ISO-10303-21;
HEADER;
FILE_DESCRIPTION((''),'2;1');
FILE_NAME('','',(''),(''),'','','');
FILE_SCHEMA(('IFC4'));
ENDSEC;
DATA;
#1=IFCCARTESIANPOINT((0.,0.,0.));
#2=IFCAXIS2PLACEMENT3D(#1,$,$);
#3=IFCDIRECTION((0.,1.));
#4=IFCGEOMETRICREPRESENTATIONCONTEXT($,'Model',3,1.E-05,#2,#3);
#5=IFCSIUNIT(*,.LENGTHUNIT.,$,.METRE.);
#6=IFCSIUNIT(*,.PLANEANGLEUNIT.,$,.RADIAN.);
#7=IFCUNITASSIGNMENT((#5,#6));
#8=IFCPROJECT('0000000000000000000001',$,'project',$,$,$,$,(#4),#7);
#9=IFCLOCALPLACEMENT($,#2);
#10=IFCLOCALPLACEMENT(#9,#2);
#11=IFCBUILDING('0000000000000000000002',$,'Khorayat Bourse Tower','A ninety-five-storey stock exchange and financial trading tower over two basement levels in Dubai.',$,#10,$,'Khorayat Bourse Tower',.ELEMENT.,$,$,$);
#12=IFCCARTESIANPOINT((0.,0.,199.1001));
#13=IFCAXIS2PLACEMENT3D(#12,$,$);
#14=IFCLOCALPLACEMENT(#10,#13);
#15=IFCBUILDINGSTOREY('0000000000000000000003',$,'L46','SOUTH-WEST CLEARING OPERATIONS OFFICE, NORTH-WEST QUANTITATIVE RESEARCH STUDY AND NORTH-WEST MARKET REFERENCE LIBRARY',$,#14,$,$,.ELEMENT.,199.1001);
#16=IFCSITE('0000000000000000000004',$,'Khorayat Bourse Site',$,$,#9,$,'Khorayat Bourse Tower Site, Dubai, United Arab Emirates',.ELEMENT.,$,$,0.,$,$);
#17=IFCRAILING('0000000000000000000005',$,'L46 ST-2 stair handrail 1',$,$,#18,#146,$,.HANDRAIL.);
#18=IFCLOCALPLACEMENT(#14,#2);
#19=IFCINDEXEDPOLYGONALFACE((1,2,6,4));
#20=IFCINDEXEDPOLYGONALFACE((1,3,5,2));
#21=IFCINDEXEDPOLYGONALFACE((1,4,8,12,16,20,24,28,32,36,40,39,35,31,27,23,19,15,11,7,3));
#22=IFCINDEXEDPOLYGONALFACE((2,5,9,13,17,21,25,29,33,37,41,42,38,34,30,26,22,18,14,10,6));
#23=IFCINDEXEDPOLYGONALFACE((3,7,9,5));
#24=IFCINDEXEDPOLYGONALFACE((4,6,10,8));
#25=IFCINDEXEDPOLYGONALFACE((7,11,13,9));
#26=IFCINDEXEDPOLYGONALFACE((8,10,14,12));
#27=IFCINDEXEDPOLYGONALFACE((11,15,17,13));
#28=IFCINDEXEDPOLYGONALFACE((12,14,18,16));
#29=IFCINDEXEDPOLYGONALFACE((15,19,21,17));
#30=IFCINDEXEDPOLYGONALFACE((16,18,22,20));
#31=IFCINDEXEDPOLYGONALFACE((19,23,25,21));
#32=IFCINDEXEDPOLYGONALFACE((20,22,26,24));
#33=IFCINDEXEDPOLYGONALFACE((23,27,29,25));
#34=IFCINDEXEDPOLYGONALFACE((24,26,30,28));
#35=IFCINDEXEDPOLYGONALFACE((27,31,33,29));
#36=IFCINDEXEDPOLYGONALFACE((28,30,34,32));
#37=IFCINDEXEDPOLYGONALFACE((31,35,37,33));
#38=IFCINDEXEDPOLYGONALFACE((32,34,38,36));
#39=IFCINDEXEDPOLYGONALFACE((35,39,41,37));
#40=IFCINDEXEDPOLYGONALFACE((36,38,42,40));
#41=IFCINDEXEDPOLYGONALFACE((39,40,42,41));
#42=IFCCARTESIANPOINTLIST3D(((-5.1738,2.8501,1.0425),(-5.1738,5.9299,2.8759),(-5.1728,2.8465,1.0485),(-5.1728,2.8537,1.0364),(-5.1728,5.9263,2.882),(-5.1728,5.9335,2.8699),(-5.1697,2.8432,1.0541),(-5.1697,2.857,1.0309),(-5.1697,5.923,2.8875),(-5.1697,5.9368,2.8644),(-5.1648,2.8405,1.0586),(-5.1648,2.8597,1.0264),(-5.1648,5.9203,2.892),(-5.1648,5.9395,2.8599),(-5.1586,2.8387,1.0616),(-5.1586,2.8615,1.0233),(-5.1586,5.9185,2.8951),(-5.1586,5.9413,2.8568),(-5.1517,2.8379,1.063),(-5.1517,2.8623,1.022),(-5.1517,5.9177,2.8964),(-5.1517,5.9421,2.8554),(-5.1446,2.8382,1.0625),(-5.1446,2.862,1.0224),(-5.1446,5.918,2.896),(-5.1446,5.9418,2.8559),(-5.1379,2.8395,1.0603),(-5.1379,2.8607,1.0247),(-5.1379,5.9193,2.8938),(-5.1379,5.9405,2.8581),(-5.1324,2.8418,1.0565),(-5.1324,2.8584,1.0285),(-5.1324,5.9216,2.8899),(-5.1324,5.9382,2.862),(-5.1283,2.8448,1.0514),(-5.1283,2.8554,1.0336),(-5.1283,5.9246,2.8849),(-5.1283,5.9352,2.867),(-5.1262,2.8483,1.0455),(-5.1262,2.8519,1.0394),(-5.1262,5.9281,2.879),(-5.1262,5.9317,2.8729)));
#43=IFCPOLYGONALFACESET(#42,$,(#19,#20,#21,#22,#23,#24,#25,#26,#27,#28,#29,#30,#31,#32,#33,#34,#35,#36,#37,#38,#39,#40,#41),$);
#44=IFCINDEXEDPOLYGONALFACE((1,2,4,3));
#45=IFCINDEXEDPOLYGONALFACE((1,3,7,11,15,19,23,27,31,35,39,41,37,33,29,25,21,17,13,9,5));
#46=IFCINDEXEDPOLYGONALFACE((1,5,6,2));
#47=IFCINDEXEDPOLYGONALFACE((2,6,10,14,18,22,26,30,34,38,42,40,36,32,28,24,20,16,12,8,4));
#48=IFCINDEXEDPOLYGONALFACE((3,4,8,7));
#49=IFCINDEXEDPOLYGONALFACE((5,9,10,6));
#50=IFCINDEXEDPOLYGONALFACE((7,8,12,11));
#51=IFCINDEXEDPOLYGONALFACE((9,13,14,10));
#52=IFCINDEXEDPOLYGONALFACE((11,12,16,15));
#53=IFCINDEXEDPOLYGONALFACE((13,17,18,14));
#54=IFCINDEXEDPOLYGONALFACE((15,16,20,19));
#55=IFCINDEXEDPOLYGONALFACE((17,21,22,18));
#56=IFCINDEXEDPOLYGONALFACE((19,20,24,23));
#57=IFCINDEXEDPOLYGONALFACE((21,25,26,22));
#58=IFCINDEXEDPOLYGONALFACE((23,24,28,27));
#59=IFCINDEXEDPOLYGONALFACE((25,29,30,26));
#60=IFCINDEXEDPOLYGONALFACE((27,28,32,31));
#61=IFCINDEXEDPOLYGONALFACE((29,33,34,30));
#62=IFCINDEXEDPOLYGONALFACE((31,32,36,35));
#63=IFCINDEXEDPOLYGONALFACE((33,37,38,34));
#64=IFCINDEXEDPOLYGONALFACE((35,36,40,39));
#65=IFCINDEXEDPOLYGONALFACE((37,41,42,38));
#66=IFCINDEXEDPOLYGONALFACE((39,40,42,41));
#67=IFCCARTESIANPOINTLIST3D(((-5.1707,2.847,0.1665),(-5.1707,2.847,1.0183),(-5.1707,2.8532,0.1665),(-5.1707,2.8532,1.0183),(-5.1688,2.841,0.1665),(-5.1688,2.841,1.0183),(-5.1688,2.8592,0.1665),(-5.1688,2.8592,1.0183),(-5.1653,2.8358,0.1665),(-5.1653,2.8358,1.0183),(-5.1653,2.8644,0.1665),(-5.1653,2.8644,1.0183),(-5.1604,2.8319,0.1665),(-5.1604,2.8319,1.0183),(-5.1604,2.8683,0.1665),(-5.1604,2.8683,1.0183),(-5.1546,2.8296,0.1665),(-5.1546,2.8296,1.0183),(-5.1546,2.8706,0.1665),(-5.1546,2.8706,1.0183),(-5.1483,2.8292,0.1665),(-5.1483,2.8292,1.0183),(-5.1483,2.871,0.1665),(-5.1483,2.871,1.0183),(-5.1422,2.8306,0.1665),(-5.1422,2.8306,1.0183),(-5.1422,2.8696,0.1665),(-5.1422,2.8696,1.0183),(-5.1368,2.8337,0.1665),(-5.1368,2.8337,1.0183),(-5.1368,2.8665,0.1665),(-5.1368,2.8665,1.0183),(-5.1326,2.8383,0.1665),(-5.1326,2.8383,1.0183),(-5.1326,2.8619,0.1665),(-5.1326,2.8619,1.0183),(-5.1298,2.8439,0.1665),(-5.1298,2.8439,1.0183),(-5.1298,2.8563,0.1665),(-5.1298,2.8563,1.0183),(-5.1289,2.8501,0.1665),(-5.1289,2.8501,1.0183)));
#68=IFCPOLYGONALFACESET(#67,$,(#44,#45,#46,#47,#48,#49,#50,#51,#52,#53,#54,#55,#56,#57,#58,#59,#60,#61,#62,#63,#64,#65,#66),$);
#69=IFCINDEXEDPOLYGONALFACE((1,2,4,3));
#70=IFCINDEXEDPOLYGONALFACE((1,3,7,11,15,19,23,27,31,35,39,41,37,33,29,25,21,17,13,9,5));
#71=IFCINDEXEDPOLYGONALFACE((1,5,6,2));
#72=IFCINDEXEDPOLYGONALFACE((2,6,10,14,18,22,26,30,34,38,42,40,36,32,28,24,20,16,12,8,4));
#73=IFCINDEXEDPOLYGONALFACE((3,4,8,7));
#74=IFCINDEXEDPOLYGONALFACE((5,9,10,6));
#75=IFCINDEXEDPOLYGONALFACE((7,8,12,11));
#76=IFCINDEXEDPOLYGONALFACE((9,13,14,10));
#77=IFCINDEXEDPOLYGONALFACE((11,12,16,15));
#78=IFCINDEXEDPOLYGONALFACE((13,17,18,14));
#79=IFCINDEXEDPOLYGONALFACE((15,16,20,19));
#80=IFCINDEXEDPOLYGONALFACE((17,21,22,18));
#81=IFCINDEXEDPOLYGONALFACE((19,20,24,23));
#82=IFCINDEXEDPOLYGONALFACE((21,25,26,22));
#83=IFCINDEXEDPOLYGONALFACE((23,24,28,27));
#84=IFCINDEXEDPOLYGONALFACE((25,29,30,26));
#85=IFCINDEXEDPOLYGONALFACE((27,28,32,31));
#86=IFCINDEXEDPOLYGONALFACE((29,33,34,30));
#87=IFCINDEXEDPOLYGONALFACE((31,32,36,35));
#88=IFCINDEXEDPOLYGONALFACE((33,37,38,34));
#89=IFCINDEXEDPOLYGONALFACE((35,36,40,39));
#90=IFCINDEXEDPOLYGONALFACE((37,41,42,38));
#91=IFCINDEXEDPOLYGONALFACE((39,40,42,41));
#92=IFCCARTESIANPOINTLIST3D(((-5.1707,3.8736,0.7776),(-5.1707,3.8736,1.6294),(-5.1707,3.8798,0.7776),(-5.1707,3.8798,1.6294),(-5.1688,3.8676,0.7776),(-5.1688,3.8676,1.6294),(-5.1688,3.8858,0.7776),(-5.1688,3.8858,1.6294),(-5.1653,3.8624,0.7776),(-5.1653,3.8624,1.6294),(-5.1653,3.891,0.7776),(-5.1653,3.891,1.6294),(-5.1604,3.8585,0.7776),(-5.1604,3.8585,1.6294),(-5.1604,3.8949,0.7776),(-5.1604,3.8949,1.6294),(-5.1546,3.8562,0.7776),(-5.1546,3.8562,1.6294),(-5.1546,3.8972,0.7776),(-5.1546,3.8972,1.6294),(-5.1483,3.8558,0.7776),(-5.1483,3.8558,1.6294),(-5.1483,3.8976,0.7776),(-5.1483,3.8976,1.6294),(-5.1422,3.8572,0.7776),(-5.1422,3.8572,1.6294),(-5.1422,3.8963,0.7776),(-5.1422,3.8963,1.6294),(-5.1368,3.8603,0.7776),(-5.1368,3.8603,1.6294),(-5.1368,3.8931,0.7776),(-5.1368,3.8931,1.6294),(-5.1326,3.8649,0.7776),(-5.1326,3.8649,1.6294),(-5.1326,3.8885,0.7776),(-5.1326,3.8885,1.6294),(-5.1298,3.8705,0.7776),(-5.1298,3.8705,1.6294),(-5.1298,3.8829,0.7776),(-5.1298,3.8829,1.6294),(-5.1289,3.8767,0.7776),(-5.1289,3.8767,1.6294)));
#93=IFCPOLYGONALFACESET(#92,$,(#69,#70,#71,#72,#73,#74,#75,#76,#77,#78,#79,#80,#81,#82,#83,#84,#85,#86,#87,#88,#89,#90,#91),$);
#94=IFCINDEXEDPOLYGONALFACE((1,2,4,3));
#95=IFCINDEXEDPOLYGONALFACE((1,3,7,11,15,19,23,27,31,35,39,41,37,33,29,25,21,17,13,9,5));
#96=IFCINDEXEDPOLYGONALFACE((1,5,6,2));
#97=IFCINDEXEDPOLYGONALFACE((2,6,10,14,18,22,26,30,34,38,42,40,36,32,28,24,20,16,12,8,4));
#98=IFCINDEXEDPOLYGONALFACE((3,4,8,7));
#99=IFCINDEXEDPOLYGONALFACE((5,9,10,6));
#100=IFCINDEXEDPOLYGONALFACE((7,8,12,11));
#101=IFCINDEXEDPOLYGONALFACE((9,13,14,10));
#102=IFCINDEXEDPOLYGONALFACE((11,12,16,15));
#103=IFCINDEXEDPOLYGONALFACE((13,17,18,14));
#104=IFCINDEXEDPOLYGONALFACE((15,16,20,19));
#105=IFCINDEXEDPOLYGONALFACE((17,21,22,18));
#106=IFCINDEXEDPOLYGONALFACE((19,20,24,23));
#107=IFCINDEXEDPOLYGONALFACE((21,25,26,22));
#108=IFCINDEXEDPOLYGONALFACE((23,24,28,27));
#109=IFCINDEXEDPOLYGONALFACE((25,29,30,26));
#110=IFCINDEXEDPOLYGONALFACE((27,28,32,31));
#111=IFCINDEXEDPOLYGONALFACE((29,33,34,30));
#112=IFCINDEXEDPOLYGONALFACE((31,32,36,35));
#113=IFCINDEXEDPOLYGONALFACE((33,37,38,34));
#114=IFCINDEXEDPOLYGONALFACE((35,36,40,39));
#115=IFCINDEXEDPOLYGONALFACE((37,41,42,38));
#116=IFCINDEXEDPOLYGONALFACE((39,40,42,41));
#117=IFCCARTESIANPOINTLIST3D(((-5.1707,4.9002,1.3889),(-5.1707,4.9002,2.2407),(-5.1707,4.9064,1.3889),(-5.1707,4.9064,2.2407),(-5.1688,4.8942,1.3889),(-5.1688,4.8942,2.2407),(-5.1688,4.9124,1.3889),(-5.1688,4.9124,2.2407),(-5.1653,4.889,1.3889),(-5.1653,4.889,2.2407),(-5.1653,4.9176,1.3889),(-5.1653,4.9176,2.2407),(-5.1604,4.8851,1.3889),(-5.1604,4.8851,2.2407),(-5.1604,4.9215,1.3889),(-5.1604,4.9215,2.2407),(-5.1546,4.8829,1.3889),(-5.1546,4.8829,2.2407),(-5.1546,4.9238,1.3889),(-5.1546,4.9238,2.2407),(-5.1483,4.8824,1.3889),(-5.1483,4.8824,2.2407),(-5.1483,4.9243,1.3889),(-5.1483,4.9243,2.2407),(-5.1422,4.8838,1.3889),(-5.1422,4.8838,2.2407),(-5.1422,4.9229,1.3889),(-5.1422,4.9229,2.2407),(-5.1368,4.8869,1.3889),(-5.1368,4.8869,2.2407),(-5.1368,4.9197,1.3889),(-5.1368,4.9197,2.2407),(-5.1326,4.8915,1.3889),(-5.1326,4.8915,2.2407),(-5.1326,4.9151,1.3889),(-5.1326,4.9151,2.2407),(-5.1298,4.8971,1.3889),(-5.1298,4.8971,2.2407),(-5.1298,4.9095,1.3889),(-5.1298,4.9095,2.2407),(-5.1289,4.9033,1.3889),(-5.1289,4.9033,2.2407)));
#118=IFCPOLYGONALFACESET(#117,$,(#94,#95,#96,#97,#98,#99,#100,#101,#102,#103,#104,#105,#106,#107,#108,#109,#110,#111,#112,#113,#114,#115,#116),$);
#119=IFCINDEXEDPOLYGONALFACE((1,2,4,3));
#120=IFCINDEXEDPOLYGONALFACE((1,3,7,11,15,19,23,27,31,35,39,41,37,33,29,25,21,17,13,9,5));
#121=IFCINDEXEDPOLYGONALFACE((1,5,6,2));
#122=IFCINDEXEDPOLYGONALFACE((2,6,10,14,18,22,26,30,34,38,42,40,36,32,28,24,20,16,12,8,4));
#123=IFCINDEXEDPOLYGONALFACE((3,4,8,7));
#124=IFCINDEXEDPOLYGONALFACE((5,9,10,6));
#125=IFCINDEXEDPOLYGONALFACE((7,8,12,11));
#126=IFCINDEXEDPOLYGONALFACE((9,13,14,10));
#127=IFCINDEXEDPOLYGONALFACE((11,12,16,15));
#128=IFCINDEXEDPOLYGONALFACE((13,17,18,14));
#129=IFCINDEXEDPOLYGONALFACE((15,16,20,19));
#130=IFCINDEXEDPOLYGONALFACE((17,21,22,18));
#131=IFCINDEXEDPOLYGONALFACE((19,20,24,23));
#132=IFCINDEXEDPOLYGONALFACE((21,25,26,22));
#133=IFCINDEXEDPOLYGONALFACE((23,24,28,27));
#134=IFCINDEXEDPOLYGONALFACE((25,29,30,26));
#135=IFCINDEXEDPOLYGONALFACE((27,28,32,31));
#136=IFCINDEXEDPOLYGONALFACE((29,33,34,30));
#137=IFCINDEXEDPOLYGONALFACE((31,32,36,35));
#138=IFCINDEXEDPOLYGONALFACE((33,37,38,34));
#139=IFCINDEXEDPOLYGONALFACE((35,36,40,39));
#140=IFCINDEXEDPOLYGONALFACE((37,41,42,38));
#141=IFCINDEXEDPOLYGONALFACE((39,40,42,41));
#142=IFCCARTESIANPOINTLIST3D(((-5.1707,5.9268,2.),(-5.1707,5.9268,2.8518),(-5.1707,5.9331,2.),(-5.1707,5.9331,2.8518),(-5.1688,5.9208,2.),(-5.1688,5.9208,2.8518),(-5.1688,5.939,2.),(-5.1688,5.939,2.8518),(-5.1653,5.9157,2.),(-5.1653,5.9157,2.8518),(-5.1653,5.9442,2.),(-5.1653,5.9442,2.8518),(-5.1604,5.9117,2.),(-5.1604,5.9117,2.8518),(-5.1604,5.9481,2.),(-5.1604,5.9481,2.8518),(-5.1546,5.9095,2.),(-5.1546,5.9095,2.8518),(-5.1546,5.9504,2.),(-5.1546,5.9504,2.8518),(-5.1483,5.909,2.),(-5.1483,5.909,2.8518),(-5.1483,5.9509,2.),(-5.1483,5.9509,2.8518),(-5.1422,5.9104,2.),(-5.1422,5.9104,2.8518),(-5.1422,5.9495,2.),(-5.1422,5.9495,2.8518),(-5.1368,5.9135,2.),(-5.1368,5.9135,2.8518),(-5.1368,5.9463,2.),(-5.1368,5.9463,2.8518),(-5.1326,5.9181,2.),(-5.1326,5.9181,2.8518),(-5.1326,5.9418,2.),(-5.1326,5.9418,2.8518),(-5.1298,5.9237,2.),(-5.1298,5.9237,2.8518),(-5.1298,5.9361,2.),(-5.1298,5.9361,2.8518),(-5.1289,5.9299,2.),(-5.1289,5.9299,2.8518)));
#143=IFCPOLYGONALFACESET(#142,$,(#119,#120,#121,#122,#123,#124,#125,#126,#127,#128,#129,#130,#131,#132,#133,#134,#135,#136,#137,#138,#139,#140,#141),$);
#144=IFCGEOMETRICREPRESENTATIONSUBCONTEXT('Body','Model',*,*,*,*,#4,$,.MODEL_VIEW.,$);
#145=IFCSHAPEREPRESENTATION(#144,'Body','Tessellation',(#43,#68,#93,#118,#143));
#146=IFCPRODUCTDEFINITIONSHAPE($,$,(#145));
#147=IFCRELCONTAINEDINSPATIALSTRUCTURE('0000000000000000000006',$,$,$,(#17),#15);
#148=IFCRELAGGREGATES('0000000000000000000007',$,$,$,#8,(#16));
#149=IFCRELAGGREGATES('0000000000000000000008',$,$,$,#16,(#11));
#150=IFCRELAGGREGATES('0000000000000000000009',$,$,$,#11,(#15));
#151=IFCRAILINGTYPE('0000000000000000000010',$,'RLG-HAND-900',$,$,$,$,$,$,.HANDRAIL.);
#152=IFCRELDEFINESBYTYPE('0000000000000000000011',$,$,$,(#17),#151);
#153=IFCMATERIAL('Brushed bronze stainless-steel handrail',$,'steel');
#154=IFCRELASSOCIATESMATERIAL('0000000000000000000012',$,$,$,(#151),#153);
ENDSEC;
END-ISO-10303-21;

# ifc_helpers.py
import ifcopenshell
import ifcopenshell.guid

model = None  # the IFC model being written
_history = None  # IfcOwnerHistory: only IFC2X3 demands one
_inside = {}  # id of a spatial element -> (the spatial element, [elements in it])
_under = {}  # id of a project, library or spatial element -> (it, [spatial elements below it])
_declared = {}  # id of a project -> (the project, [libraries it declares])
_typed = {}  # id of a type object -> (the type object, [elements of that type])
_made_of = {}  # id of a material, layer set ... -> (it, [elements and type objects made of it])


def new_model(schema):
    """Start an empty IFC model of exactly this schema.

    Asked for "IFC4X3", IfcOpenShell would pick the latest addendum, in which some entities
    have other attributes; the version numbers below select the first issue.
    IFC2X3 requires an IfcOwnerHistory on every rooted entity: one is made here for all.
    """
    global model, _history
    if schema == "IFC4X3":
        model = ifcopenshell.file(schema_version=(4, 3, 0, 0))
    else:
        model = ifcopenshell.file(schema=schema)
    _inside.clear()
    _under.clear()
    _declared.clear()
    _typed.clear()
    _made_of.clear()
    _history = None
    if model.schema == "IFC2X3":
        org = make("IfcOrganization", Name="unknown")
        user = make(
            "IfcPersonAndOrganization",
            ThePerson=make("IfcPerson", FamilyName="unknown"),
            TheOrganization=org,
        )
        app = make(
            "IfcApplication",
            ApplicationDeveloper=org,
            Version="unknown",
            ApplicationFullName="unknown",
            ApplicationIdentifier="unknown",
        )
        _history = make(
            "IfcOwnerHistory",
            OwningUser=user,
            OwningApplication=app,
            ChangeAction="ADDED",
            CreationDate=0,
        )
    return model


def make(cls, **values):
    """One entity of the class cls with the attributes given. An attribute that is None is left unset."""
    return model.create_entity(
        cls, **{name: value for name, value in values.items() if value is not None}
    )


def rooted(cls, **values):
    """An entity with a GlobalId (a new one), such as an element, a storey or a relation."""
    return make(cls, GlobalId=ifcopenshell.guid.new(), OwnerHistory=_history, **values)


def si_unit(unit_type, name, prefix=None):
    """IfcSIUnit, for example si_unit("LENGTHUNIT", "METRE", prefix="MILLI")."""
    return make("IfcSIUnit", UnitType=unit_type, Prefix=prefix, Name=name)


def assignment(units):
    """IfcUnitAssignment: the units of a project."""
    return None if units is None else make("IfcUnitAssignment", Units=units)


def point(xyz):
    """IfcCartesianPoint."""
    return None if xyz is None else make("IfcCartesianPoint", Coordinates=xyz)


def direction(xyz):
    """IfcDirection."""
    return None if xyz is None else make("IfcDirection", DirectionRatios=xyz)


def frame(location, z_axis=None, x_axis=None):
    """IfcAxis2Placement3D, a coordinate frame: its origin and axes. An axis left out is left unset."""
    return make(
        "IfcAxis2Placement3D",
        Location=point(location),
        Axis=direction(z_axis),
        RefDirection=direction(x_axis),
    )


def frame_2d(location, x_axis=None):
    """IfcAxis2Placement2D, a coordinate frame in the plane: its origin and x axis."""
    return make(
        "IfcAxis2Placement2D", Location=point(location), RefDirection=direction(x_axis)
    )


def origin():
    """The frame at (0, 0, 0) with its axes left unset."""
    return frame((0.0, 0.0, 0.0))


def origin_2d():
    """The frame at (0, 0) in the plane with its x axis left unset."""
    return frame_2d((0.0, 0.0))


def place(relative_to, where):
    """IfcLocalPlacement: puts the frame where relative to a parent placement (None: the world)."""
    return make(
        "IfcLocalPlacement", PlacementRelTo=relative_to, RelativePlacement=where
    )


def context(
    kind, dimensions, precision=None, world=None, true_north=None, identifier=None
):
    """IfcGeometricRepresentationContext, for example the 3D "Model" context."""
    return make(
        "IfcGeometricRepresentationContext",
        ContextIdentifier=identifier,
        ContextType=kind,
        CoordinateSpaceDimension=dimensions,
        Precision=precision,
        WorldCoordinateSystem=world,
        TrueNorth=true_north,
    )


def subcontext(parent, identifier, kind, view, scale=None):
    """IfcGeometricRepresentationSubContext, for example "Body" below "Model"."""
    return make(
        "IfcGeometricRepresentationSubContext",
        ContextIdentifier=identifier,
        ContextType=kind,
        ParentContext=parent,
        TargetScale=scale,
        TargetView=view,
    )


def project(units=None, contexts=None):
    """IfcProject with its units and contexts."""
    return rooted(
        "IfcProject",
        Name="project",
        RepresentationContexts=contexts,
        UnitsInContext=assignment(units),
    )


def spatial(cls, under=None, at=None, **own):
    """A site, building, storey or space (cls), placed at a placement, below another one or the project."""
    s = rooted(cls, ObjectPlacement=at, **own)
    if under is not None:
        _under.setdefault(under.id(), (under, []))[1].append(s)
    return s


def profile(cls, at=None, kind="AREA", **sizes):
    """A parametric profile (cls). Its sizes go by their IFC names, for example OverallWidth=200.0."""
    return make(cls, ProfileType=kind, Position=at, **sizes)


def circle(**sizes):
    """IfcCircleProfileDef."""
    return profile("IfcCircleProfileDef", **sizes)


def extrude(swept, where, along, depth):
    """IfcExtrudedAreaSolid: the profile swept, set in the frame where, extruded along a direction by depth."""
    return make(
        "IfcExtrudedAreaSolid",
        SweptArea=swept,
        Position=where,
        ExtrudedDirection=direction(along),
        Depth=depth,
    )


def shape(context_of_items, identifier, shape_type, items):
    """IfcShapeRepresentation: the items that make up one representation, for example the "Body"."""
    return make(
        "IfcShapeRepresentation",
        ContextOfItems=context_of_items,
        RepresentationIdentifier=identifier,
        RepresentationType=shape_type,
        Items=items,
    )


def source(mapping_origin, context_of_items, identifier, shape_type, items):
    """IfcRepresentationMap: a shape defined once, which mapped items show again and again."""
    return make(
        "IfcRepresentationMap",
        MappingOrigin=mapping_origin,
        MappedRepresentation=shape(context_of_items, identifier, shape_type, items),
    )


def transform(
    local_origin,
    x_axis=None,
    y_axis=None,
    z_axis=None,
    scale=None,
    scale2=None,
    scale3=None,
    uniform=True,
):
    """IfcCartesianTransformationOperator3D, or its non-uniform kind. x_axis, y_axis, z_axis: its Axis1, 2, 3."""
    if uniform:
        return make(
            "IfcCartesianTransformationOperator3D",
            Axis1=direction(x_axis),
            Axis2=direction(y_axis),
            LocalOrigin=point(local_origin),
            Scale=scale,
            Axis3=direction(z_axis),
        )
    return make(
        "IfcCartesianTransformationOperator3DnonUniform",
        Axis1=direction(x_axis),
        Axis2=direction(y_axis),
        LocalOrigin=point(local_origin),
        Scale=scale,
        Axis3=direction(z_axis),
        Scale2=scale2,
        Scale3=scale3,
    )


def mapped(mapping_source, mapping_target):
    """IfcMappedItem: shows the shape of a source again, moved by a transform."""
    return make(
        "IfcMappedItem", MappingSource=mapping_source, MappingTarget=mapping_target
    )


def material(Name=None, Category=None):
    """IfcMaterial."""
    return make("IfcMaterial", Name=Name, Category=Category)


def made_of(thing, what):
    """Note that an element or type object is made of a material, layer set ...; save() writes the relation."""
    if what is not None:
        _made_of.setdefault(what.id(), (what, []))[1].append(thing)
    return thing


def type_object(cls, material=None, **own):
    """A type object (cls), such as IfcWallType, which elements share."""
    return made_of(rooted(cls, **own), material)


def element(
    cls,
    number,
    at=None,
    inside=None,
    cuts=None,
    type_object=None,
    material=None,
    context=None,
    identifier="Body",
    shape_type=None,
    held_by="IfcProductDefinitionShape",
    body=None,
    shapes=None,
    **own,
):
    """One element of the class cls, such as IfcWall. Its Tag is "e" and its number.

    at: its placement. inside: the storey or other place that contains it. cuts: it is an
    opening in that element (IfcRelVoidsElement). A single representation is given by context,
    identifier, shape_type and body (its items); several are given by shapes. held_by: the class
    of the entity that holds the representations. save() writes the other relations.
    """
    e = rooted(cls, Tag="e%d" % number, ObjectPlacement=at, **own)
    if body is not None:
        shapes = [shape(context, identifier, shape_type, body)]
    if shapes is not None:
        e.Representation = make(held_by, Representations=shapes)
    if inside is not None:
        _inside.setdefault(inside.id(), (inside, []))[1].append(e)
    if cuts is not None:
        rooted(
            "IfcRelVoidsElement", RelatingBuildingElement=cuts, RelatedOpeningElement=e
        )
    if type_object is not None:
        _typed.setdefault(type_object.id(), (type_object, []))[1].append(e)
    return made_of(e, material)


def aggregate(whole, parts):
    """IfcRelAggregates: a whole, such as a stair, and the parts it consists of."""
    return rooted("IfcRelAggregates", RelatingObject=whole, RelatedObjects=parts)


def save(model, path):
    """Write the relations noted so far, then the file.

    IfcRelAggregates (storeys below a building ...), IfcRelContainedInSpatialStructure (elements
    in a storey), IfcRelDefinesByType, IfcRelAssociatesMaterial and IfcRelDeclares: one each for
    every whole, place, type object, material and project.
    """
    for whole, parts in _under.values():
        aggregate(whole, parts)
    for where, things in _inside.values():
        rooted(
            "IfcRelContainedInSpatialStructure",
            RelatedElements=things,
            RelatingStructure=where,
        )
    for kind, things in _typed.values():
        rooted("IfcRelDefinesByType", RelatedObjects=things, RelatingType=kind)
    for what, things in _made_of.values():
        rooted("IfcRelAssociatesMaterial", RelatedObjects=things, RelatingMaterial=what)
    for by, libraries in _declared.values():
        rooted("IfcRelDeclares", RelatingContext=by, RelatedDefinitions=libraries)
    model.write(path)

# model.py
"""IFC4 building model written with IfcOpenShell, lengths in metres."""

from ifc_helpers import new_model, si_unit, direction, frame, origin, origin_2d, place, context, subcontext, project, spatial, circle, extrude, source, transform, mapped, material, type_object, element, save


model = new_model("IFC4")

# Units and contexts
model_context = context("Model", 3, precision=1e-05, world=origin(), true_north=direction((0.0, 1.0)))
body_context = subcontext(model_context, "Body", "Model", "MODEL_VIEW")
ifc_project = project(units=[si_unit("LENGTHUNIT", "METRE"), si_unit("PLANEANGLEUNIT", "RADIAN")], contexts=[model_context])

# Site, building, storey
site_placement = place(None, origin())
site = spatial("IfcSite", under=ifc_project, at=site_placement, Name="Khorayat Bourse Site", LongName="Khorayat Bourse Tower Site, Dubai, United Arab Emirates", CompositionType="ELEMENT", RefElevation=0.0)
building_placement = place(site_placement, origin())
building = spatial("IfcBuilding", under=site, at=building_placement, Name="Khorayat Bourse Tower", Description="A ninety-five-storey stock exchange and financial trading tower over two basement levels in Dubai.", LongName="Khorayat Bourse Tower", CompositionType="ELEMENT")
storey_placement = place(building_placement, frame((0.0, 0.0, 199.1001)))
storey = spatial("IfcBuildingStorey", under=building, at=storey_placement, Name="L46", Description="SOUTH-WEST CLEARING OPERATIONS OFFICE, NORTH-WEST QUANTITATIVE RESEARCH STUDY AND NORTH-WEST MARKET REFERENCE LIBRARY", CompositionType="ELEMENT", Elevation=199.1001)

# Railing
ifc_material_1 = material(Name="Brushed bronze stainless-steel handrail", Category="steel")
railing_type_1 = type_object("IfcRailingType", Name="RLG-HAND-900", PredefinedType="HANDRAIL", material=ifc_material_1)
shared_shape_1 = source(origin(), body_context, "Body", "SweptSolid", [
    extrude(circle(Radius=0.0239, at=origin_2d()), frame((0.0, 0.0, 0.876), z_axis=(0.0, 0.859261, 0.511538), x_axis=(-1.0, 0.0, 0.0)), (0.0, 0.0, 1.0), 3.5842),
    extrude(circle(Radius=0.021, at=origin_2d()), origin(), (0.0, 0.0, 1.0), 0.8518),
    extrude(circle(Radius=0.021, at=origin_2d()), frame((0.0, 1.0266, 0.6111)), (0.0, 0.0, 1.0), 0.8518),
    extrude(circle(Radius=0.021, at=origin_2d()), frame((0.0, 2.0532, 1.2224)), (0.0, 0.0, 1.0), 0.8518),
    extrude(circle(Radius=0.021, at=origin_2d()), frame((0.0, 3.0798, 1.8335)), (0.0, 0.0, 1.0), 0.8518),
])
railing_1_placement = place(storey_placement, frame((-5.1499, 2.8501, 0.1665)))
element("IfcRailing", 1, at=railing_1_placement, inside=storey, type_object=railing_type_1, Name="L46 ST-2 stair handrail 1", PredefinedType="HANDRAIL", context=body_context, shape_type="MappedRepresentation", body=[
    mapped(shared_shape_1, transform((0.0, 0.0, 0.0), scale=1.0)),
])

save(model, "model.ifc")
